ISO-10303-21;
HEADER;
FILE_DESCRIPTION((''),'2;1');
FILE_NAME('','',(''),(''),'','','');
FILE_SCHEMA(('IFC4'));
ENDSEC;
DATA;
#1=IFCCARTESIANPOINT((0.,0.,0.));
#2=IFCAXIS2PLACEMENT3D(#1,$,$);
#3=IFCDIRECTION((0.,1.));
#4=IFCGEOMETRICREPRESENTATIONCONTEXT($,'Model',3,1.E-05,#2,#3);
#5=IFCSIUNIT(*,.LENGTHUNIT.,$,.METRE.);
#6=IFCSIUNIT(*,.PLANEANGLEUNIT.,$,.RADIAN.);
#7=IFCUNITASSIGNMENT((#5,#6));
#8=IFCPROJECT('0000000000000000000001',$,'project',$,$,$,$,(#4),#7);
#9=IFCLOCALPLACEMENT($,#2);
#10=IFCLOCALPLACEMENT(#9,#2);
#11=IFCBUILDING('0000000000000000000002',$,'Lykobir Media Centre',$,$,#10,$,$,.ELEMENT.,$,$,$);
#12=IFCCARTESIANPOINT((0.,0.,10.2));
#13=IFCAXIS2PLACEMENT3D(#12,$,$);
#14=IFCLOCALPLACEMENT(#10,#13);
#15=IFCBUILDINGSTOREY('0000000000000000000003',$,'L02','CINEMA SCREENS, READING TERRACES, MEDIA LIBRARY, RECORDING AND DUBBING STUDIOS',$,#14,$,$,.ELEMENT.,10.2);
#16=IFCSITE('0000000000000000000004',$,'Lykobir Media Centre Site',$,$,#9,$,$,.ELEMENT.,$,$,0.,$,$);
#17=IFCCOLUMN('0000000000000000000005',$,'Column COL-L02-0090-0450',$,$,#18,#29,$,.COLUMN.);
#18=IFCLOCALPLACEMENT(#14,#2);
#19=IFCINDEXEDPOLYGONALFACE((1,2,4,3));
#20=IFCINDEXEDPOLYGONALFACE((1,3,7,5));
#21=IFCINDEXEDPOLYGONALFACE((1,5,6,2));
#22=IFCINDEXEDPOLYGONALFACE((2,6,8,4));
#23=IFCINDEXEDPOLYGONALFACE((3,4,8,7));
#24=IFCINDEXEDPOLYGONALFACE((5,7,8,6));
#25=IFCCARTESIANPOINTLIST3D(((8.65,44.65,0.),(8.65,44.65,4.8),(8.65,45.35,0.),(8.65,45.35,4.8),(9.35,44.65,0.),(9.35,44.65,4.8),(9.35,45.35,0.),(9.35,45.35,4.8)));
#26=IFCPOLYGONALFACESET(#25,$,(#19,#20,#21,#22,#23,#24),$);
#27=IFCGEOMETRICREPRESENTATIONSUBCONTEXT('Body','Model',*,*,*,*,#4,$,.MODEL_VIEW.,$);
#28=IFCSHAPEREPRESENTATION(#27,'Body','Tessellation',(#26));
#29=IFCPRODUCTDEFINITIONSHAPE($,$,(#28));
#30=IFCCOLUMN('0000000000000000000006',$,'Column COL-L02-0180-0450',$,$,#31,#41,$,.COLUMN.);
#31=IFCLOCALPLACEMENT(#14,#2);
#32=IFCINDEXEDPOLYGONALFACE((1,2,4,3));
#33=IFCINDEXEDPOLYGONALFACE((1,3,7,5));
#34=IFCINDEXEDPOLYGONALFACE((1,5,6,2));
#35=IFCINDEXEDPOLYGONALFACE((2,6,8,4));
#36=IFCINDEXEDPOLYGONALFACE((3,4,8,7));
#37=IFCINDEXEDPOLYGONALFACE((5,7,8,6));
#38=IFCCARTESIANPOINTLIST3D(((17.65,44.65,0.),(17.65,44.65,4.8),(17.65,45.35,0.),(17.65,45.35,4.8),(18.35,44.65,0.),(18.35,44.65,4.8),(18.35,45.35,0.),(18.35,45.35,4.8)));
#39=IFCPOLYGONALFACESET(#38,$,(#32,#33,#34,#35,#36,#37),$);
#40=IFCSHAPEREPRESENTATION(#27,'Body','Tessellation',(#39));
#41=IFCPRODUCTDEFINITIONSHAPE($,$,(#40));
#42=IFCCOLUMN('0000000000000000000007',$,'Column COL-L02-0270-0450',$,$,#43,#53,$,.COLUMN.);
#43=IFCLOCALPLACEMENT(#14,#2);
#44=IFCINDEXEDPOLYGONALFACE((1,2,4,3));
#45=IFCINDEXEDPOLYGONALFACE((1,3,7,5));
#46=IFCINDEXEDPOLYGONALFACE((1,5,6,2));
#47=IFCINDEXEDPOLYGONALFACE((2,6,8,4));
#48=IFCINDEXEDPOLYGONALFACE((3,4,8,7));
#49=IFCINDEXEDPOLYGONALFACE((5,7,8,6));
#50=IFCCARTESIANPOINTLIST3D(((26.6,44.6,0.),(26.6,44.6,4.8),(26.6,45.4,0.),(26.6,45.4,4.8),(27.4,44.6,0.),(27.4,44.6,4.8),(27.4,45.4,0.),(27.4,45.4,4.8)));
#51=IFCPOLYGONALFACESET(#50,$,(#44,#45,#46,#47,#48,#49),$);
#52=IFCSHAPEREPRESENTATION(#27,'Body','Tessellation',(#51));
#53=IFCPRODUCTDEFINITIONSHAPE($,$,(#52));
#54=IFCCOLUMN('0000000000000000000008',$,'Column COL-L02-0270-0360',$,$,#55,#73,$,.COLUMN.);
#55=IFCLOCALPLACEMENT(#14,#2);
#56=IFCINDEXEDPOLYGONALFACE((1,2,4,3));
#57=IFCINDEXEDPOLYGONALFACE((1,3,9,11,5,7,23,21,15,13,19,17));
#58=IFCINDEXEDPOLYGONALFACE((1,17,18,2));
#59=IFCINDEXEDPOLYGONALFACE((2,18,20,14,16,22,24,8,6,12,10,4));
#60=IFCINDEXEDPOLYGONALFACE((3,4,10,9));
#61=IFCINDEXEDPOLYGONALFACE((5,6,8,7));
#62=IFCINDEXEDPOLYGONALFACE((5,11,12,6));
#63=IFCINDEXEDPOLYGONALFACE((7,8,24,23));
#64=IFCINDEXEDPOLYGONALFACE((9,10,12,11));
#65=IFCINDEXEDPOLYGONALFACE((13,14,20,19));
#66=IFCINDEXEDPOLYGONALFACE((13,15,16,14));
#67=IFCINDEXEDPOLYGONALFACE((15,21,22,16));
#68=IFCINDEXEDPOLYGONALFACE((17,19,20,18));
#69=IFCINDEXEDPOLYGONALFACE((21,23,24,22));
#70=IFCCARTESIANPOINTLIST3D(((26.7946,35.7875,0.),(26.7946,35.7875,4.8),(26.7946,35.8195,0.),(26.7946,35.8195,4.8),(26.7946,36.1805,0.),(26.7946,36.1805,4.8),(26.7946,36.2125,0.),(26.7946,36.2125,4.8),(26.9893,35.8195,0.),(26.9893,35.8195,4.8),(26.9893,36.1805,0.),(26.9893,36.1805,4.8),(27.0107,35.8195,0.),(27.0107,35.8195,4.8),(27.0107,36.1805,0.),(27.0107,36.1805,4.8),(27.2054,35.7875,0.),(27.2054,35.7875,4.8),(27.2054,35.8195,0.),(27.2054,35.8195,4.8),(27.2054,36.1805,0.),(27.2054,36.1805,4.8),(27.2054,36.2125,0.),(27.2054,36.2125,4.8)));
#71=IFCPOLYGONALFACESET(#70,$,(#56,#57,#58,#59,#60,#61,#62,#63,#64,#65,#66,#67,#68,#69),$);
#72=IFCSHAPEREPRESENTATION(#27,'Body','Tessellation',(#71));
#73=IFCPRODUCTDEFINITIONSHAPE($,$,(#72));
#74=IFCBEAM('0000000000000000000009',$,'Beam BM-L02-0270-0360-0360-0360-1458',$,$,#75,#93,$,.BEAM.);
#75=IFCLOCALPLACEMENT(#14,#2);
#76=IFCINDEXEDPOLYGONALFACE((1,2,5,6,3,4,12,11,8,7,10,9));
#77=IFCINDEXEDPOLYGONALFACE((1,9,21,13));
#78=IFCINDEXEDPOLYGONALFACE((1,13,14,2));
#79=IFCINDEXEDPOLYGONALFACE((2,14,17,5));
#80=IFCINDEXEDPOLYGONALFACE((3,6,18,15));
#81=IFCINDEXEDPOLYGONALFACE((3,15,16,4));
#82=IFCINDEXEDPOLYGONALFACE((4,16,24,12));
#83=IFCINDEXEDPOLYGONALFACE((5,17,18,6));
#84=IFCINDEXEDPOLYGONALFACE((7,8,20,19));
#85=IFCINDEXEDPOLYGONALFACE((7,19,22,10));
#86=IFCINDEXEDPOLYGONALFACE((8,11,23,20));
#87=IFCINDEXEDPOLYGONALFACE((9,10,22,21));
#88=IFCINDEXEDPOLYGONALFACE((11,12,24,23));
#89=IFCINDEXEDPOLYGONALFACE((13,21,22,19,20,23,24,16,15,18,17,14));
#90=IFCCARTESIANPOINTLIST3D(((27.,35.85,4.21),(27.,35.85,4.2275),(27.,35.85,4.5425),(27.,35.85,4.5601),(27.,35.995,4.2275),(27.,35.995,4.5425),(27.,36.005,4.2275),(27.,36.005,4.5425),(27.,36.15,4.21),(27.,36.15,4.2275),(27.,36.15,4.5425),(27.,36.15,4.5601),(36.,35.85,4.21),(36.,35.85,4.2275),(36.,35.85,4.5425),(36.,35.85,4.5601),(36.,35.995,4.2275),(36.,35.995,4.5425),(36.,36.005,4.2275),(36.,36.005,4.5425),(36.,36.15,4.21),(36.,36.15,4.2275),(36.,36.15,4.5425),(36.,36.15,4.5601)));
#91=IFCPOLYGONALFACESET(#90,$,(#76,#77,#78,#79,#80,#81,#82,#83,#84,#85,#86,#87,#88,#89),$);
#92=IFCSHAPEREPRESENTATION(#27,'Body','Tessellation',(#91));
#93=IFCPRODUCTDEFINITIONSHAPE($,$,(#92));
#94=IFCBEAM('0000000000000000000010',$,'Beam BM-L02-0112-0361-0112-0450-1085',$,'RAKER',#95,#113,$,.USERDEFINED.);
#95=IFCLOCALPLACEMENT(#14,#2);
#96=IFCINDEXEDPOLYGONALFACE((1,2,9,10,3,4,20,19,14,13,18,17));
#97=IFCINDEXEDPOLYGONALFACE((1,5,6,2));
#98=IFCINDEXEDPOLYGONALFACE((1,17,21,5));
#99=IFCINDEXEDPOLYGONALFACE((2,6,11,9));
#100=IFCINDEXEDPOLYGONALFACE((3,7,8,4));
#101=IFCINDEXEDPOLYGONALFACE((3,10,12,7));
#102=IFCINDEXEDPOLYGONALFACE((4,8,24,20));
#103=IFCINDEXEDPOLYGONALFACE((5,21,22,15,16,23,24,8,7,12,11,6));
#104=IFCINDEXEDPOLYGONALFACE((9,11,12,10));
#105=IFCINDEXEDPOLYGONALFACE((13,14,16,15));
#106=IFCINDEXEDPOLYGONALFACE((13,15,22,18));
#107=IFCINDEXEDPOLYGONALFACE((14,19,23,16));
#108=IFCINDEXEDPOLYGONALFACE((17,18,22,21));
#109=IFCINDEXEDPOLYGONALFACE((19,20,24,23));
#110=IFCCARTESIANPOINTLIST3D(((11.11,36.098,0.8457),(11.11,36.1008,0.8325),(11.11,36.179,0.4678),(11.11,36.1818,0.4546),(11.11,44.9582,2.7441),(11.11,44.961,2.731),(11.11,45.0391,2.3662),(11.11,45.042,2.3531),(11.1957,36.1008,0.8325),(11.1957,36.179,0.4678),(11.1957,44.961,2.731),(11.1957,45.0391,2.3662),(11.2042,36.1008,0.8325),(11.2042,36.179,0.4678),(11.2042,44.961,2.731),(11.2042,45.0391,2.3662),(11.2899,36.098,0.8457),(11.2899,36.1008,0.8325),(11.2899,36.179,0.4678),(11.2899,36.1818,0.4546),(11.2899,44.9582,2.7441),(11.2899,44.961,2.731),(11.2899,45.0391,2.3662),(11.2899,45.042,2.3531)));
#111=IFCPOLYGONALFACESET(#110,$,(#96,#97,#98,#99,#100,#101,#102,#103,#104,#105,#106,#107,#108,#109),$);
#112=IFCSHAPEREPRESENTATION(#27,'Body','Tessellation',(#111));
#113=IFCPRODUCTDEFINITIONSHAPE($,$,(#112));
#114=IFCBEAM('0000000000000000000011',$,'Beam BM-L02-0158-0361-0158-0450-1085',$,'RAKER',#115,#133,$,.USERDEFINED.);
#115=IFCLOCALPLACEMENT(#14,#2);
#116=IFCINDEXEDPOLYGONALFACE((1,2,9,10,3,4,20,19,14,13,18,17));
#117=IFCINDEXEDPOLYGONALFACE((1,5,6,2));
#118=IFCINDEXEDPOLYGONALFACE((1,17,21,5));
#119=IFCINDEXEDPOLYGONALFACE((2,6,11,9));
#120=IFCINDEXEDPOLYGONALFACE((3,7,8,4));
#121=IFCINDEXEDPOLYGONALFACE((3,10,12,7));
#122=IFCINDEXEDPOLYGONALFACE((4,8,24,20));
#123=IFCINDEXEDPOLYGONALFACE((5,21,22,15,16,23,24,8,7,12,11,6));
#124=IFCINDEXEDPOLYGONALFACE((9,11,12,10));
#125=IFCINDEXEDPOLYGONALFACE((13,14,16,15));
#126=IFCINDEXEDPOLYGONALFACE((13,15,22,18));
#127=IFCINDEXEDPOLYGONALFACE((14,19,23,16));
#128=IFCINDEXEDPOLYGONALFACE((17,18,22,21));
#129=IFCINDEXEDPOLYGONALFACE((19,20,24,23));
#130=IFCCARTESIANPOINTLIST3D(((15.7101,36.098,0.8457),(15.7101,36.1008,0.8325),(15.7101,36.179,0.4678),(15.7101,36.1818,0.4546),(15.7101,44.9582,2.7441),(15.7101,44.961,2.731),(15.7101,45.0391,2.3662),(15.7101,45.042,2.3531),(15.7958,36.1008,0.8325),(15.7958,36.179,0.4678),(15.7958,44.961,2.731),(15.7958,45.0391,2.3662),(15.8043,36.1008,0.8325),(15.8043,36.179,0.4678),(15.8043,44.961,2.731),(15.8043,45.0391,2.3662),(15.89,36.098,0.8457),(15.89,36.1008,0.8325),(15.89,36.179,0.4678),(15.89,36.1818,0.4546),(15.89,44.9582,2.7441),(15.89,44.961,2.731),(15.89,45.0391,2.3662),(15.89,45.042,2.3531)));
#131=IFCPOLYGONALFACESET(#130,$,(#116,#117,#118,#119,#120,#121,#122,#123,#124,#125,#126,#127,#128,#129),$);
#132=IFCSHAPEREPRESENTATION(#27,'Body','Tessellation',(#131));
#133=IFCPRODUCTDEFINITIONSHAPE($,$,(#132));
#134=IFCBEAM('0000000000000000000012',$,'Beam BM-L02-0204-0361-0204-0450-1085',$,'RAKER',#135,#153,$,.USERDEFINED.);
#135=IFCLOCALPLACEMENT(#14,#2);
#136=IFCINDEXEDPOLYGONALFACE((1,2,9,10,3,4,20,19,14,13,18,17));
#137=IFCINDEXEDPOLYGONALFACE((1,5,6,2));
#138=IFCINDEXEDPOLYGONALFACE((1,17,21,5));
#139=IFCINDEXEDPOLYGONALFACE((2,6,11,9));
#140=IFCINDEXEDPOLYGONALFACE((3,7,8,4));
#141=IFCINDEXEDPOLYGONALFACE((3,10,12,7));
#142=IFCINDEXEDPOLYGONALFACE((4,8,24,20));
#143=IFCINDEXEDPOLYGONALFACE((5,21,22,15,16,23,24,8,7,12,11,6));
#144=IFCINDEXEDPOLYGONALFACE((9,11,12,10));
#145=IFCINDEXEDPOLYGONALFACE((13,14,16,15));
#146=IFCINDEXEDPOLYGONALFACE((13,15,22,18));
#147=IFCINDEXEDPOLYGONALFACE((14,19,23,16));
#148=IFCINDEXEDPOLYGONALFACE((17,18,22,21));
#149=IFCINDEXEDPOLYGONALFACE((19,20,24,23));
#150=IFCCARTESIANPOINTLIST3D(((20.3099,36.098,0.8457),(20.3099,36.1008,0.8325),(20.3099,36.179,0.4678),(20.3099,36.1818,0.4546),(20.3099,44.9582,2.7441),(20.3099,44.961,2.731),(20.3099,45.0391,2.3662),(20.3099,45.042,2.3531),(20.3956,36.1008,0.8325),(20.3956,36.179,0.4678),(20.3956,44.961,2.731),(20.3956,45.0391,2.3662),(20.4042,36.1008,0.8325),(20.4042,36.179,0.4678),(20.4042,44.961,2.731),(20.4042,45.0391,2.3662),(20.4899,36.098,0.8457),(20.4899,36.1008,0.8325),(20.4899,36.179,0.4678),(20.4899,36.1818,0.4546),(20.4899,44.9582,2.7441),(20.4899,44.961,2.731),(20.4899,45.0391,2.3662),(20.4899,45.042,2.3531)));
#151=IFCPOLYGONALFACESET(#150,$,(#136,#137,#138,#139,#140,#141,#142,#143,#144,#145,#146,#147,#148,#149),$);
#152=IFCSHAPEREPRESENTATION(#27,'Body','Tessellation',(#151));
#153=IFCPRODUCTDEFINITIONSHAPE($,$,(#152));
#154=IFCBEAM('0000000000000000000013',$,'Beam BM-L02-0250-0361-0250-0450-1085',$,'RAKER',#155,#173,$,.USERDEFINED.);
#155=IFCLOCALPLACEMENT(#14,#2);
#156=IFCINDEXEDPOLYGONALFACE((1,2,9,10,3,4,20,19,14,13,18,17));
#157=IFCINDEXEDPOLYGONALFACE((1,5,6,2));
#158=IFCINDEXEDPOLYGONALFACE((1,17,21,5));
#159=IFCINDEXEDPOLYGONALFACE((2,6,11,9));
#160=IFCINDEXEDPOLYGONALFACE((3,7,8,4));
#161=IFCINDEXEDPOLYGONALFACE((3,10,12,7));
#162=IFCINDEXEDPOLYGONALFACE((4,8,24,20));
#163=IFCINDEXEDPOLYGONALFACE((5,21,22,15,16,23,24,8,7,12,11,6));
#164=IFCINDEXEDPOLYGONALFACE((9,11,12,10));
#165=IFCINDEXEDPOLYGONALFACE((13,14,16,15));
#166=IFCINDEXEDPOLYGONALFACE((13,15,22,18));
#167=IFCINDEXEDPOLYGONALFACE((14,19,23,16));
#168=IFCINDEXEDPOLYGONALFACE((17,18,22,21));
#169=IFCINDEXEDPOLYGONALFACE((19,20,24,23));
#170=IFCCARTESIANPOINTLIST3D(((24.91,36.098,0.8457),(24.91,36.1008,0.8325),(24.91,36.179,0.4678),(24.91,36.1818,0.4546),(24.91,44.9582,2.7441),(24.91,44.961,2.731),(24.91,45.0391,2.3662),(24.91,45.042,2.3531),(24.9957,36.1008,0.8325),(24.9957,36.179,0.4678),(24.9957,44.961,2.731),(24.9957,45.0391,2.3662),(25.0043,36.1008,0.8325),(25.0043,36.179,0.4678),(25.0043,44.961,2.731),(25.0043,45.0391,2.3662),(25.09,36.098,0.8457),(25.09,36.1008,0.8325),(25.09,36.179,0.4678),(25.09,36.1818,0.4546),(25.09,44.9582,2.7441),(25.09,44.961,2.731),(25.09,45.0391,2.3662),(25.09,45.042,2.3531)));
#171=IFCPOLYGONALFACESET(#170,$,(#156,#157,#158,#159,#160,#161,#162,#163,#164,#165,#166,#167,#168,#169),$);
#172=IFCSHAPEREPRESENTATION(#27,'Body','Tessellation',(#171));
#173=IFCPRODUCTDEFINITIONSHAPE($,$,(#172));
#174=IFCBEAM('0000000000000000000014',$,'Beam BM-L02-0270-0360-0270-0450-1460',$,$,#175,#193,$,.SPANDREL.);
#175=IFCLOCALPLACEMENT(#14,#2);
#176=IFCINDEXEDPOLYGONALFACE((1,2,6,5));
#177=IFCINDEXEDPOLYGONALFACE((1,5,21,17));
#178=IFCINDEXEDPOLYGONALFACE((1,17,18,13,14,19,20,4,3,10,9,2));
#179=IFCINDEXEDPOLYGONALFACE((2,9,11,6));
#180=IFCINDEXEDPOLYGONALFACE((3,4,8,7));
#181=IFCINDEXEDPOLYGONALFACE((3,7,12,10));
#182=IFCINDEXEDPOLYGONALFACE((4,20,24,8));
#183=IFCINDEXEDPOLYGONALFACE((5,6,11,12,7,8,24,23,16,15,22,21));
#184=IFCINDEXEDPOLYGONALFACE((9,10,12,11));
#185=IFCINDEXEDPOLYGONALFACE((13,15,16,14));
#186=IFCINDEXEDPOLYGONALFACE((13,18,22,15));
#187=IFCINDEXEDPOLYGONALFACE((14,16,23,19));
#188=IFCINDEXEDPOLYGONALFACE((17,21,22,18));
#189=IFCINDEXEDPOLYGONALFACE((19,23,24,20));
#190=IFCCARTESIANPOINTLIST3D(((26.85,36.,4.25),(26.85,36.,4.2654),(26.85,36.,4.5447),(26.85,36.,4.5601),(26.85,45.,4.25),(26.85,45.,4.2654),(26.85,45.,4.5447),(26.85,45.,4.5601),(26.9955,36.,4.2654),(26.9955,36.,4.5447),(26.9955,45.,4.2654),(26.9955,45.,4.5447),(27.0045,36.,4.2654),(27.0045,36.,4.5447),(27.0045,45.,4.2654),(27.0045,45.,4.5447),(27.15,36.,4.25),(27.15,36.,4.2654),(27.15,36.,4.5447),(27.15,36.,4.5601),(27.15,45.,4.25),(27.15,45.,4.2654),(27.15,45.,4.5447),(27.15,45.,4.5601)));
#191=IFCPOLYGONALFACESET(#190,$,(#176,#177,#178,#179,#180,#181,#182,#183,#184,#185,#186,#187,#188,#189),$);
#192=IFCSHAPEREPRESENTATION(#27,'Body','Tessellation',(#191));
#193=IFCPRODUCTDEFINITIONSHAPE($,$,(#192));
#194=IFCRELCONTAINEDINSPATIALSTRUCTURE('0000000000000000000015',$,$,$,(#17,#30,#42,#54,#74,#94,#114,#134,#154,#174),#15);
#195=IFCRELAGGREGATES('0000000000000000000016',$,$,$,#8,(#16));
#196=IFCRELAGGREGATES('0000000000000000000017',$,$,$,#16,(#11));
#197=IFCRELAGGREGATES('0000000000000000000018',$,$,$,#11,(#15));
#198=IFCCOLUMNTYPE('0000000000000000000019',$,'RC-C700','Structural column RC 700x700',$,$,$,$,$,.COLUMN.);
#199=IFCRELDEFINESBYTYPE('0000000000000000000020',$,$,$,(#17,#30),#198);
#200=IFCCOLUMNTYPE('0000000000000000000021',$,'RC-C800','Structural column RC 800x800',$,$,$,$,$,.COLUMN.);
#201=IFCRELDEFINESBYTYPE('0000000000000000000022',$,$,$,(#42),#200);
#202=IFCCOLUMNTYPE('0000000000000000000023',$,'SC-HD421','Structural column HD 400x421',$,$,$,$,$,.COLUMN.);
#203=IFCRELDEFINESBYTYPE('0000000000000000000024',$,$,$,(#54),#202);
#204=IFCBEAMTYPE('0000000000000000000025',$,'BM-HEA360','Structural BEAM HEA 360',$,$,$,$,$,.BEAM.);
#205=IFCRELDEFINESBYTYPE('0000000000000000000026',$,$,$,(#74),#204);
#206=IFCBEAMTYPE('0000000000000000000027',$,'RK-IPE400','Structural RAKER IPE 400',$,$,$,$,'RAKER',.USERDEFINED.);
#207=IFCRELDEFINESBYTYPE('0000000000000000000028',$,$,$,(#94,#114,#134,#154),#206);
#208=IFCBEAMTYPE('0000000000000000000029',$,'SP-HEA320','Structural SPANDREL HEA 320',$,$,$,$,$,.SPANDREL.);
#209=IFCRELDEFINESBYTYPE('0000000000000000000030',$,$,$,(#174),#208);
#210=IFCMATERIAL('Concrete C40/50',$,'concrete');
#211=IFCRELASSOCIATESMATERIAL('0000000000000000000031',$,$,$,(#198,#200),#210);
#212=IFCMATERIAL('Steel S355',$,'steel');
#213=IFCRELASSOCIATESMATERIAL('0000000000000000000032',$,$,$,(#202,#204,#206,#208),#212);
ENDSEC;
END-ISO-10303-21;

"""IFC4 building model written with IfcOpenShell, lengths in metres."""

from ifc_helpers import new_model, si_unit, direction, frame, origin, origin_2d, place, context, subcontext, project, spatial, rectangle, i_section, extrude, material, material_profile, profile_set, type_object, element, save


model = new_model("IFC4")

# Units and contexts
model_context = context("Model", 3, precision=1e-05, world=origin(), true_north=direction((0.0, 1.0)))
body_context = subcontext(model_context, "Body", "Model", "MODEL_VIEW")
ifc_project = project(units=[si_unit("LENGTHUNIT", "METRE"), si_unit("PLANEANGLEUNIT", "RADIAN")], contexts=[model_context])

# Site, building, storey
site_placement = place(None, origin())
site = spatial("IfcSite", under=ifc_project, at=site_placement, Name="Lykobir Media Centre Site", CompositionType="ELEMENT", RefElevation=0.0)
building_placement = place(site_placement, origin())
building = spatial("IfcBuilding", under=site, at=building_placement, Name="Lykobir Media Centre", CompositionType="ELEMENT")
storey_placement = place(building_placement, frame((0.0, 0.0, 10.2)))
storey = spatial("IfcBuildingStorey", under=building, at=storey_placement, Name="L02", Description="CINEMA SCREENS, READING TERRACES, MEDIA LIBRARY, RECORDING AND DUBBING STUDIOS", CompositionType="ELEMENT", Elevation=10.2)

# Columns
ifc_material_1 = material(Name="Concrete C40/50", Category="concrete")
ifc_material_profile_1 = material_profile(ifc_material_1, rectangle(XDim=0.7, YDim=0.7, at=origin_2d()), Name="RC 700x700")
ifc_profile_set_1 = profile_set([ifc_material_profile_1], Name="Concrete C40/50")
column_type_1 = type_object("IfcColumnType", Name="RC-C700", Description="Structural column RC 700x700", PredefinedType="COLUMN", material=ifc_profile_set_1)
for number, where, z_axis, x_axis, name in (
    (1, (9.0, 45.0, 0.0), (0.0, 0.0, 1.0), (1.0, 0.0, 0.0), "Column COL-L02-0090-0450"),
    (2, (18.0, 45.0, 0.0), (0.0, 0.0, 1.0), (1.0, 0.0, 0.0), "Column COL-L02-0180-0450"),
):
    element("IfcColumn", number, at=place(storey_placement, frame(where, z_axis=z_axis, x_axis=x_axis)), inside=storey, type_object=column_type_1, Name=name, PredefinedType="COLUMN", context=body_context, shape_type="SweptSolid", body=[
        extrude(rectangle(XDim=0.7, YDim=0.7, at=origin_2d()), origin(), (0.0, 0.0, 1.0), 4.8),
    ])
ifc_material_profile_2 = material_profile(ifc_material_1, rectangle(XDim=0.8, YDim=0.8, at=origin_2d()), Name="RC 800x800")
ifc_profile_set_2 = profile_set([ifc_material_profile_2], Name="Concrete C40/50")
column_type_2 = type_object("IfcColumnType", Name="RC-C800", Description="Structural column RC 800x800", PredefinedType="COLUMN", material=ifc_profile_set_2)
column_1_placement = place(storey_placement, frame((27.0, 45.0, 0.0), z_axis=(0.0, 0.0, 1.0), x_axis=(1.0, 0.0, 0.0)))
element("IfcColumn", 3, at=column_1_placement, inside=storey, type_object=column_type_2, Name="Column COL-L02-0270-0450", PredefinedType="COLUMN", context=body_context, shape_type="SweptSolid", body=[
    extrude(rectangle(XDim=0.8, YDim=0.8, at=origin_2d()), origin(), (0.0, 0.0, 1.0), 4.8),
])
ifc_material_2 = material(Name="Steel S355", Category="steel")
ifc_material_profile_3 = material_profile(ifc_material_2, i_section(OverallWidth=0.4109, OverallDepth=0.425, WebThickness=0.0215, FlangeThickness=0.032, at=origin_2d()), Name="HD 400x421")
ifc_profile_set_3 = profile_set([ifc_material_profile_3], Name="Steel S355")
column_type_3 = type_object("IfcColumnType", Name="SC-HD421", Description="Structural column HD 400x421", PredefinedType="COLUMN", material=ifc_profile_set_3)
column_2_placement = place(storey_placement, frame((27.0, 36.0, 0.0), z_axis=(0.0, 0.0, 1.0), x_axis=(1.0, 0.0, 0.0)))
element("IfcColumn", 4, at=column_2_placement, inside=storey, type_object=column_type_3, Name="Column COL-L02-0270-0360", PredefinedType="COLUMN", context=body_context, shape_type="SweptSolid", body=[
    extrude(i_section(OverallWidth=0.4109, OverallDepth=0.425, WebThickness=0.0215, FlangeThickness=0.032, at=origin_2d()), origin(), (0.0, 0.0, 1.0), 4.8),
])

# Beams
ifc_material_profile_4 = material_profile(ifc_material_2, i_section(OverallWidth=0.3, OverallDepth=0.3501, WebThickness=0.01, FlangeThickness=0.0176, at=origin_2d()), Name="HEA 360")
ifc_profile_set_4 = profile_set([ifc_material_profile_4], Name="Steel S355")
beam_type_1 = type_object("IfcBeamType", Name="BM-HEA360", Description="Structural BEAM HEA 360", PredefinedType="BEAM", material=ifc_profile_set_4)
beam_1_placement = place(storey_placement, frame((27.0, 36.0, 4.385), z_axis=(1.0, 0.0, 0.0), x_axis=(0.0, 1.0, 0.0)))
element("IfcBeam", 5, at=beam_1_placement, inside=storey, type_object=beam_type_1, Name="Beam BM-L02-0270-0360-0360-0360-1458", PredefinedType="BEAM", context=body_context, shape_type="SweptSolid", body=[
    extrude(i_section(OverallWidth=0.3, OverallDepth=0.3501, WebThickness=0.01, FlangeThickness=0.0176, at=origin_2d()), origin(), (0.0, 0.0, 1.0), 9.0),
])
ifc_material_profile_5 = material_profile(ifc_material_2, i_section(OverallWidth=0.1799, OverallDepth=0.3999, WebThickness=0.0085, FlangeThickness=0.0134, at=origin_2d()), Name="IPE 400")
ifc_profile_set_5 = profile_set([ifc_material_profile_5], Name="Steel S355")
beam_type_2 = type_object("IfcBeamType", Name="RK-IPE400", Description="Structural RAKER IPE 400", ElementType="RAKER", PredefinedType="USERDEFINED", material=ifc_profile_set_5)
for number, where, z_axis, x_axis, name in (
    (6, (11.2, 36.1399, 0.6501), (0.0, 0.977806, 0.209513), (-1.0, 0.0, 0.0), "Beam BM-L02-0112-0361-0112-0450-1085"),
    (7, (15.8, 36.1399, 0.6501), (0.0, 0.977806, 0.209513), (-1.0, 0.0, 0.0), "Beam BM-L02-0158-0361-0158-0450-1085"),
    (8, (20.3999, 36.1399, 0.6501), (0.0, 0.977806, 0.209513), (-1.0, 0.0, 0.0), "Beam BM-L02-0204-0361-0204-0450-1085"),
    (9, (25.0, 36.1399, 0.6501), (0.0, 0.977806, 0.209513), (-1.0, 0.0, 0.0), "Beam BM-L02-0250-0361-0250-0450-1085"),
):
    element("IfcBeam", number, at=place(storey_placement, frame(where, z_axis=z_axis, x_axis=x_axis)), inside=storey, type_object=beam_type_2, Name=name, ObjectType="RAKER", PredefinedType="USERDEFINED", context=body_context, shape_type="SweptSolid", body=[
        extrude(i_section(OverallWidth=0.1799, OverallDepth=0.3999, WebThickness=0.0085, FlangeThickness=0.0134, at=origin_2d()), origin(), (0.0, 0.0, 1.0), 9.0613),
    ])
ifc_material_profile_6 = material_profile(ifc_material_2, i_section(OverallWidth=0.3, OverallDepth=0.3101, WebThickness=0.009, FlangeThickness=0.0154, at=origin_2d()), Name="HEA 320")
ifc_profile_set_6 = profile_set([ifc_material_profile_6], Name="Steel S355")
beam_type_3 = type_object("IfcBeamType", Name="SP-HEA320", Description="Structural SPANDREL HEA 320", PredefinedType="SPANDREL", material=ifc_profile_set_6)
beam_2_placement = place(storey_placement, frame((27.0, 36.0, 4.405), z_axis=(0.0, 1.0, 0.0), x_axis=(-1.0, 0.0, 0.0)))
element("IfcBeam", 10, at=beam_2_placement, inside=storey, type_object=beam_type_3, Name="Beam BM-L02-0270-0360-0270-0450-1460", PredefinedType="SPANDREL", context=body_context, shape_type="SweptSolid", body=[
    extrude(i_section(OverallWidth=0.3, OverallDepth=0.3101, WebThickness=0.009, FlangeThickness=0.0154, at=origin_2d()), origin(), (0.0, 0.0, 1.0), 9.0),
])

save(model, "model.ifc")
